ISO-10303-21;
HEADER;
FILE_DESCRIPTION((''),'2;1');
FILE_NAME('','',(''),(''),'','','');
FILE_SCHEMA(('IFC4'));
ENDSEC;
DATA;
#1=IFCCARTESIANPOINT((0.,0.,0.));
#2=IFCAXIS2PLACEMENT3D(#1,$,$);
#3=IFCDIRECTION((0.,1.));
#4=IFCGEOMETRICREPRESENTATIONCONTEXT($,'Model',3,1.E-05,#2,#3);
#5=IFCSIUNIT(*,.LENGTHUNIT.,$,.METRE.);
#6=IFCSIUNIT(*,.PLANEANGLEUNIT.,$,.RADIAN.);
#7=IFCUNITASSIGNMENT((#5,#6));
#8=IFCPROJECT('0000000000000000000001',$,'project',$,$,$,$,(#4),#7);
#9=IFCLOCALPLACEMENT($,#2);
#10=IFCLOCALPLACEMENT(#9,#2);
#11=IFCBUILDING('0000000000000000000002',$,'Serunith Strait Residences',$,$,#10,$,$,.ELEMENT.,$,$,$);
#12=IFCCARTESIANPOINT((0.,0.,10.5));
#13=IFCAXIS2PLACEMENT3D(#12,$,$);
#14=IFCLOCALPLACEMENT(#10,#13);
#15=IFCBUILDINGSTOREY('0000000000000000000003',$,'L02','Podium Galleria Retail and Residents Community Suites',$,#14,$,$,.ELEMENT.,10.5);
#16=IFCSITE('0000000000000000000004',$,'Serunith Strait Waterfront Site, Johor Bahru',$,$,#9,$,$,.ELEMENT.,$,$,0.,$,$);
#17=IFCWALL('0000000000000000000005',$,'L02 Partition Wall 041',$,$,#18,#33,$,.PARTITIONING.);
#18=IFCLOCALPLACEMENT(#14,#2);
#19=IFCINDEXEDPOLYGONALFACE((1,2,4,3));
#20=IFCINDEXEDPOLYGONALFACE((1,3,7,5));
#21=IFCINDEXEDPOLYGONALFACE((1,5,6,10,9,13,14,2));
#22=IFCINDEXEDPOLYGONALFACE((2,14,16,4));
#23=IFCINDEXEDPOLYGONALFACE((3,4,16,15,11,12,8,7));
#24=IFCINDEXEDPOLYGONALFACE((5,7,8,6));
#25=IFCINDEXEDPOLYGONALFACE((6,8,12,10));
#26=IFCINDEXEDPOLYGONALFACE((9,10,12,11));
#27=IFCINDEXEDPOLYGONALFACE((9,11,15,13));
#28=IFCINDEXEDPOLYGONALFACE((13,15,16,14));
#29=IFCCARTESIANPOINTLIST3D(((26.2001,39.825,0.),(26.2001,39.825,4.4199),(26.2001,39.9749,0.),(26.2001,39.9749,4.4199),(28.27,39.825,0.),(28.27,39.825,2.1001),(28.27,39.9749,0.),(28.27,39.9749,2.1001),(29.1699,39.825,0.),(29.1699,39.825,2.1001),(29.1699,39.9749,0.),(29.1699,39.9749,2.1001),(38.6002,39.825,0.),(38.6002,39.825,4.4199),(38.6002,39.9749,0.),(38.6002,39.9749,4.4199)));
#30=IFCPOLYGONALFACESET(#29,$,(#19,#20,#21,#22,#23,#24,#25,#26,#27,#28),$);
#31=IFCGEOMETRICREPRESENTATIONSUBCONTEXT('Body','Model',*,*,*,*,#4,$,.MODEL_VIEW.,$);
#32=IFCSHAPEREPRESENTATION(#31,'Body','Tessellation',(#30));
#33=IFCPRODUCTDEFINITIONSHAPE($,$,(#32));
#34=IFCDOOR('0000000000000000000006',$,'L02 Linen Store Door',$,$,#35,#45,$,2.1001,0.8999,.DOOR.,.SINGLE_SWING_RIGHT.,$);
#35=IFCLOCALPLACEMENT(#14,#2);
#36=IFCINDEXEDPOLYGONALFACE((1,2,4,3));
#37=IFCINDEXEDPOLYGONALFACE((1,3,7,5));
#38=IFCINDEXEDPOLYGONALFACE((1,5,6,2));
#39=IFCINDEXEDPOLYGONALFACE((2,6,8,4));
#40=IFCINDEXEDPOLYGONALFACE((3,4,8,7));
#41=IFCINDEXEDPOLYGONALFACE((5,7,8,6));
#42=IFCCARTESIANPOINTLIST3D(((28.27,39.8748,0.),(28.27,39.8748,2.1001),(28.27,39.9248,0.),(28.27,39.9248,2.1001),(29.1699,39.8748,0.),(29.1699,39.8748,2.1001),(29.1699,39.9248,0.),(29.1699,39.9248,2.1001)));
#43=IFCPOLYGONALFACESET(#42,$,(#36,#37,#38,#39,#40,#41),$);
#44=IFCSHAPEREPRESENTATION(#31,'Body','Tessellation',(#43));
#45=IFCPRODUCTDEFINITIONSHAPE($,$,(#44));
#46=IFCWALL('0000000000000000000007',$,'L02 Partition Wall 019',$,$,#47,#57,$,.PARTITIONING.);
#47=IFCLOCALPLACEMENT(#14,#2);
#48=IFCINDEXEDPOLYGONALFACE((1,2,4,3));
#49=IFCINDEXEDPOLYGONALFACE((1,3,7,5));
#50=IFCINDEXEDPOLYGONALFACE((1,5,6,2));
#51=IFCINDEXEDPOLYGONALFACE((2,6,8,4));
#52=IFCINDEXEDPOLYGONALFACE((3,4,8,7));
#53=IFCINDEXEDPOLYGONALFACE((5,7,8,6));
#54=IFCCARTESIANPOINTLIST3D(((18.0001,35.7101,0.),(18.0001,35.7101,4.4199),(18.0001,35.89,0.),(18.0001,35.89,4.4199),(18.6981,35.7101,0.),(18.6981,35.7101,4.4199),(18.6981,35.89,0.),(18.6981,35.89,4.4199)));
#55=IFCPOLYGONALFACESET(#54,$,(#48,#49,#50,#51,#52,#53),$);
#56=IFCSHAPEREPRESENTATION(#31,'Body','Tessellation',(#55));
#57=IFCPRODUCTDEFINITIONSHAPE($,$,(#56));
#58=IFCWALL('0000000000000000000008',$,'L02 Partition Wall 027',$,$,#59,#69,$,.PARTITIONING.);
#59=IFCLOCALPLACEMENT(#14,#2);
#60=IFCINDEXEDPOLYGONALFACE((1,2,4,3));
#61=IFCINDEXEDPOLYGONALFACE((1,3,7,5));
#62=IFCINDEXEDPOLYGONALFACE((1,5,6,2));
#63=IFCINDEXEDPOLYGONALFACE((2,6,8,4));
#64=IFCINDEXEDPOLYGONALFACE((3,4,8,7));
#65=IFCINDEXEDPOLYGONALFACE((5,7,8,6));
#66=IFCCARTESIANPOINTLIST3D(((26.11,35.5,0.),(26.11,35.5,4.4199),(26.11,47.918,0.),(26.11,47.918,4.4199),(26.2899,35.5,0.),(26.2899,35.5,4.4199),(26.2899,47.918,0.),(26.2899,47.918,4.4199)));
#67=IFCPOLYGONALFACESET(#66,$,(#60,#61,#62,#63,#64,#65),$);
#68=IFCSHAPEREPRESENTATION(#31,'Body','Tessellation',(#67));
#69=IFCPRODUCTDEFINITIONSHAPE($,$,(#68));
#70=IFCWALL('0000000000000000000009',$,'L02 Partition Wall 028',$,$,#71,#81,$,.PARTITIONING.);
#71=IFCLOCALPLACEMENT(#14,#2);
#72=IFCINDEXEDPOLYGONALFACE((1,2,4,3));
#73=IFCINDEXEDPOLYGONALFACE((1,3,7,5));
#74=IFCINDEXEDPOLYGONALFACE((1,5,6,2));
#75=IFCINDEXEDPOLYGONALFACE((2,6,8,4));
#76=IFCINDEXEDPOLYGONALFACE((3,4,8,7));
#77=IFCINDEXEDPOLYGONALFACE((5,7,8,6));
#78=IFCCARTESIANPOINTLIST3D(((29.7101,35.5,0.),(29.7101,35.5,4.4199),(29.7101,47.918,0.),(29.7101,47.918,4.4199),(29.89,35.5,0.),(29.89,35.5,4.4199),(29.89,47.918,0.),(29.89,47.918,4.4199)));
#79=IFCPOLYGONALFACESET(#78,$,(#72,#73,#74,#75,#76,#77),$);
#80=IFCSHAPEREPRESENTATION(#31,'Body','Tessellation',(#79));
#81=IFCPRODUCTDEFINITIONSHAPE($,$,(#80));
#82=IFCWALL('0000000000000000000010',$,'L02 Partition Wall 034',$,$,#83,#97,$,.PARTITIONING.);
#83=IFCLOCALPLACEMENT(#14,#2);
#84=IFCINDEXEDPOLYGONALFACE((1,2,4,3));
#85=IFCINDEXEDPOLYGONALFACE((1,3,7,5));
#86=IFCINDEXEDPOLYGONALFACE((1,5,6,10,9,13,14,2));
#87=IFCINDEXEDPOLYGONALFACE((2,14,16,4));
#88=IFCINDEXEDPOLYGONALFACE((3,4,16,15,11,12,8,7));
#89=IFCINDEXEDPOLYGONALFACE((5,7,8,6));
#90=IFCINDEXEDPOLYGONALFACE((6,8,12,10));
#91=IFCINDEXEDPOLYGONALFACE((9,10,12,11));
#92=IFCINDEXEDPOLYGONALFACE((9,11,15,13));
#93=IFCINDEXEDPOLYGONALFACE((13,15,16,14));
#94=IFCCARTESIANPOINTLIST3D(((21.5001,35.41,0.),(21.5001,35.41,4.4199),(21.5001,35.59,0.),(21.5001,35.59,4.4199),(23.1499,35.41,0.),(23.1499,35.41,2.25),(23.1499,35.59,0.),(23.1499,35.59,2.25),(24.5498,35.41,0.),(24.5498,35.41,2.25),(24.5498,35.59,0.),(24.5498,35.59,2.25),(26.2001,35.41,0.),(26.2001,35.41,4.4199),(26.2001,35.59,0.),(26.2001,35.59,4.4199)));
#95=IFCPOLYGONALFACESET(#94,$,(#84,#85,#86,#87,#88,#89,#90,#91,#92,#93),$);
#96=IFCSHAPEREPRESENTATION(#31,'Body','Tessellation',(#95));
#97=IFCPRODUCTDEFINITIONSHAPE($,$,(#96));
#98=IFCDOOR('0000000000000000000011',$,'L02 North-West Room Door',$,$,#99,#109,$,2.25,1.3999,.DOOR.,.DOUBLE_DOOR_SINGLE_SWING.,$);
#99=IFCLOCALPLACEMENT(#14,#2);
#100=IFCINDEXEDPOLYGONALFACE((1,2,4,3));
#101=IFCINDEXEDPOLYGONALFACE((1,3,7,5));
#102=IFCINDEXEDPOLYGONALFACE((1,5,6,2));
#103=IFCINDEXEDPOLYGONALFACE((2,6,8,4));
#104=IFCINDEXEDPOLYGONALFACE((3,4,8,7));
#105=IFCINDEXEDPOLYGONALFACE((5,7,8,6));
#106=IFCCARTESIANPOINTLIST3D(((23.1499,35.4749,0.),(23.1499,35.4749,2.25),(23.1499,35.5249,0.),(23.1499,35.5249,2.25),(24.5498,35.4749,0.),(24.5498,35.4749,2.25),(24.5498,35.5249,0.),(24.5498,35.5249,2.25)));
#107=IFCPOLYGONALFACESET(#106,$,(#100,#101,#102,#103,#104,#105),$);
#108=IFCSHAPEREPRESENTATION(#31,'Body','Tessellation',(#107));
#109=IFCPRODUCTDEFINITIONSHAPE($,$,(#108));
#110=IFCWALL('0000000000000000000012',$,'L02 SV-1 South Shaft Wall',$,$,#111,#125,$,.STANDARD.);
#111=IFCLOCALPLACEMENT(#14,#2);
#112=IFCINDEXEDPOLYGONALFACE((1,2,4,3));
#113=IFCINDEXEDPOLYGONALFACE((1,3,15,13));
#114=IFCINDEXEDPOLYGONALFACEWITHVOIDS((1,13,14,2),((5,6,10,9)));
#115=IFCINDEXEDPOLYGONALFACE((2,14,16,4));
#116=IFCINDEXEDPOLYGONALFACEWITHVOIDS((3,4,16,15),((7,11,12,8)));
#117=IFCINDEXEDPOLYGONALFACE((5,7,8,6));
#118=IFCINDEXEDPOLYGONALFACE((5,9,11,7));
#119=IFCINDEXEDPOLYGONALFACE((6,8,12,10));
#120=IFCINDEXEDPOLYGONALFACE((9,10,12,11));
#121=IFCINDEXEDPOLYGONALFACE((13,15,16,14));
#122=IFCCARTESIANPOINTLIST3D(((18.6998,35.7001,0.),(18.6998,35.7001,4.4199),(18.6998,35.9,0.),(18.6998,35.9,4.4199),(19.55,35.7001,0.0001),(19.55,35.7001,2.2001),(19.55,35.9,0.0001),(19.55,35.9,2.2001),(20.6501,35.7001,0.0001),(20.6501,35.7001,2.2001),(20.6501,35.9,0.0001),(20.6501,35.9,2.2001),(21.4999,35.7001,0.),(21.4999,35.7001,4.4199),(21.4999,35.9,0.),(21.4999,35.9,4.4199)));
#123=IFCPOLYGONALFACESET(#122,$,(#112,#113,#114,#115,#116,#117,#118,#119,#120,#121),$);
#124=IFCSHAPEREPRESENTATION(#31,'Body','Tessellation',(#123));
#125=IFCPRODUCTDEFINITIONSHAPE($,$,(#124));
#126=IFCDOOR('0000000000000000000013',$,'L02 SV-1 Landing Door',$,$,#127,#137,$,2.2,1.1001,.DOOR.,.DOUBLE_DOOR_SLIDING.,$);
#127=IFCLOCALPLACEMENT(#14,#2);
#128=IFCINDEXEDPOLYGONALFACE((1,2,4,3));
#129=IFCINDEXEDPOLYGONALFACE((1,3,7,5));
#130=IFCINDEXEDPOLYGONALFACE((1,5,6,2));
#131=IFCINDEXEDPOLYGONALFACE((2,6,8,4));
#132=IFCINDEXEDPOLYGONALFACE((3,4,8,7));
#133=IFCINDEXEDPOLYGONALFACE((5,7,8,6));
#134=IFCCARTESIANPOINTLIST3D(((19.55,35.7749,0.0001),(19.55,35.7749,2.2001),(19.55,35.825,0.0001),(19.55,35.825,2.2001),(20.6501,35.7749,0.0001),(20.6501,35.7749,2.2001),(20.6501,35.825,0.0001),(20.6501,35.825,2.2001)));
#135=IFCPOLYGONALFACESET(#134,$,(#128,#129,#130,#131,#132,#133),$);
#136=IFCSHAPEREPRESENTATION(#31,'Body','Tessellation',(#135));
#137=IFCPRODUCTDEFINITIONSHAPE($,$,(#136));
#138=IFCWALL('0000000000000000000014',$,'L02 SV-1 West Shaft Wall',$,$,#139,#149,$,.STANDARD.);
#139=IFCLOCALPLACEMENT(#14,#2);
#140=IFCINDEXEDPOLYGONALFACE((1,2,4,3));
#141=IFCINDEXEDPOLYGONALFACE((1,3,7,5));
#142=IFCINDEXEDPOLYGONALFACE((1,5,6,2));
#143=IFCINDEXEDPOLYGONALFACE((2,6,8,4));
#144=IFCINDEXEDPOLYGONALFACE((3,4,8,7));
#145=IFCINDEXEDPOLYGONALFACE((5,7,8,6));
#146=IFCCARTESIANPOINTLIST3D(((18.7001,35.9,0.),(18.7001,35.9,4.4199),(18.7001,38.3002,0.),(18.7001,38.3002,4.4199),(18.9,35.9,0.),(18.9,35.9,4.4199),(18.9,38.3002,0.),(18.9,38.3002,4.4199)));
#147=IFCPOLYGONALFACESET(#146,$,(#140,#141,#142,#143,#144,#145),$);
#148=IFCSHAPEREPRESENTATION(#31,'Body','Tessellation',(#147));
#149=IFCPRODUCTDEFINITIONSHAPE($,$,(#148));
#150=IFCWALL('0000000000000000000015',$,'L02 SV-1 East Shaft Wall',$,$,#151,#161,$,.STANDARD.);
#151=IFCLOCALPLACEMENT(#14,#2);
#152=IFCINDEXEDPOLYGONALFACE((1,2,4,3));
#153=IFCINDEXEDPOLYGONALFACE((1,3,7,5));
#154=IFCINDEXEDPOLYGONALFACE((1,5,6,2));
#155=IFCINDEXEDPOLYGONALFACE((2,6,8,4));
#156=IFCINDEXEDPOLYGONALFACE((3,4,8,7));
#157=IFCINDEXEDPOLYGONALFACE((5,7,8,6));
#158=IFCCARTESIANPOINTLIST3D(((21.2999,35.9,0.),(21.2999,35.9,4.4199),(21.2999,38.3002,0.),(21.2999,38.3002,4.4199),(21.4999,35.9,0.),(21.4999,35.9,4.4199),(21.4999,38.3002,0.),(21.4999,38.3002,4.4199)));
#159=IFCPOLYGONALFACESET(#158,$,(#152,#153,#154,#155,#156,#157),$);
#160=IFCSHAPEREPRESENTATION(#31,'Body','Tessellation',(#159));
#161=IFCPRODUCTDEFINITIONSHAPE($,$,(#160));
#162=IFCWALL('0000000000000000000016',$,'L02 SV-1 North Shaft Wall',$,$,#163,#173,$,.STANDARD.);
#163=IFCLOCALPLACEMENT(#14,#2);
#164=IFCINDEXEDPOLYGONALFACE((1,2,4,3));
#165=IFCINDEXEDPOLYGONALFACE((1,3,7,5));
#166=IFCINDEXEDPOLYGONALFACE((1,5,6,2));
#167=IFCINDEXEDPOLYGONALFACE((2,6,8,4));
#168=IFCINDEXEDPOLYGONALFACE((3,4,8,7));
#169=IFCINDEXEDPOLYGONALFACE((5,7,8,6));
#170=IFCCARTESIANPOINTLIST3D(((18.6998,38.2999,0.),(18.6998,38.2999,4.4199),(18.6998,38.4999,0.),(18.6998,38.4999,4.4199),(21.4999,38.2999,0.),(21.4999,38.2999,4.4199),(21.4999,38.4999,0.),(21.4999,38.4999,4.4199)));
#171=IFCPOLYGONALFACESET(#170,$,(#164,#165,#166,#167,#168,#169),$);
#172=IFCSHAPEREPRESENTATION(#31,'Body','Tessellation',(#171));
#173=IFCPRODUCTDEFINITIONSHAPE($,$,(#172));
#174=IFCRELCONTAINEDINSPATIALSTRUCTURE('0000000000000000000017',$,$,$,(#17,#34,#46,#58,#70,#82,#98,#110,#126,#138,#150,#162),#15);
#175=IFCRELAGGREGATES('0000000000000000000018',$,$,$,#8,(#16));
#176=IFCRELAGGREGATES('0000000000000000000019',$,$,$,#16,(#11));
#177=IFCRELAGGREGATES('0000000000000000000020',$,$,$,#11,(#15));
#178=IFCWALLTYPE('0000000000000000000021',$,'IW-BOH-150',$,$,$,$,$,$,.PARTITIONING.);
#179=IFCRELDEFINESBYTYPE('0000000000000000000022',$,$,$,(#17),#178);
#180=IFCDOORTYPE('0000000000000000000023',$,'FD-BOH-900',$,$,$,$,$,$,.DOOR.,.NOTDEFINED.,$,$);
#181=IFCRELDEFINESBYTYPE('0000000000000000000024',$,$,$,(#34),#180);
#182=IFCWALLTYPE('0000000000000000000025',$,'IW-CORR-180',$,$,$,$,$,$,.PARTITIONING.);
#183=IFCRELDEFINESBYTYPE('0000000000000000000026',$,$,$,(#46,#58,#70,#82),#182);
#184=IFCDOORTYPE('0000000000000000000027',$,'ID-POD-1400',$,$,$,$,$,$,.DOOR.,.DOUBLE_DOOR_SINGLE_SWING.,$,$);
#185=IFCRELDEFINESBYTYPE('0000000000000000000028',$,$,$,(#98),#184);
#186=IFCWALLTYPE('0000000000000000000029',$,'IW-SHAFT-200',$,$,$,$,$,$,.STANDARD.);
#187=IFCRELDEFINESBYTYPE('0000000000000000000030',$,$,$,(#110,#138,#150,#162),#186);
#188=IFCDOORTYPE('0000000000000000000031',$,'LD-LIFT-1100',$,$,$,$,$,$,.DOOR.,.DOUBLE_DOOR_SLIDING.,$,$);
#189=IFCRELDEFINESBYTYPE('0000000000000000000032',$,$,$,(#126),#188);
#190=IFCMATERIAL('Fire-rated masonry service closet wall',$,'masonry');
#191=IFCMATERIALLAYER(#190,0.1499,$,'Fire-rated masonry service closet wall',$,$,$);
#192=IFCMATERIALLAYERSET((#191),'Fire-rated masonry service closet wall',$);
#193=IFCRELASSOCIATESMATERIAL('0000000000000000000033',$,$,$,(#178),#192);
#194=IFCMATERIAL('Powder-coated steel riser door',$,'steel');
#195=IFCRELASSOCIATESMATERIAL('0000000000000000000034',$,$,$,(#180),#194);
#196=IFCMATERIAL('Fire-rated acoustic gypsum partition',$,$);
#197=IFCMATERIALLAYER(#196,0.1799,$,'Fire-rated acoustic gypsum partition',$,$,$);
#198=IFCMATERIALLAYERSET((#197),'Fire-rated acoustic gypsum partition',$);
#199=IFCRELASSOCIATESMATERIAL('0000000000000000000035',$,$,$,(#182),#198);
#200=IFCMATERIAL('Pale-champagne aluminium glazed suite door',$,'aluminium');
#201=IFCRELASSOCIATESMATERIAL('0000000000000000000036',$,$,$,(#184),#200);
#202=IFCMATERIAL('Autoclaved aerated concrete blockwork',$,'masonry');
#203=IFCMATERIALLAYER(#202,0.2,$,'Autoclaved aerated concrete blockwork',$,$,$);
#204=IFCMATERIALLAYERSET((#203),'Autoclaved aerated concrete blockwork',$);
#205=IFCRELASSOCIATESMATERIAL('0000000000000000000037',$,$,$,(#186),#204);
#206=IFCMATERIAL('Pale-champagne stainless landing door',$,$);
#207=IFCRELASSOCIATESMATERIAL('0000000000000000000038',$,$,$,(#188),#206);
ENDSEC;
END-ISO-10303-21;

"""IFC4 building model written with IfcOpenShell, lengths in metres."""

from ifc_helpers import new_model, si_unit, direction, frame, frame_2d, origin, place, context, subcontext, project, spatial, rectangle, extrude, source, transform, mapped, material, layer, layer_set, type_object, element, fill, save


model = new_model("IFC4")

# Units and contexts
model_context = context("Model", 3, precision=1e-05, world=origin(), true_north=direction((0.0, 1.0)))
body_context = subcontext(model_context, "Body", "Model", "MODEL_VIEW")
ifc_project = project(units=[si_unit("LENGTHUNIT", "METRE"), si_unit("PLANEANGLEUNIT", "RADIAN")], contexts=[model_context])

# Site, building, storey
site_placement = place(None, origin())
site = spatial("IfcSite", under=ifc_project, at=site_placement, Name="Serunith Strait Waterfront Site, Johor Bahru", CompositionType="ELEMENT", RefElevation=0.0)
building_placement = place(site_placement, origin())
building = spatial("IfcBuilding", under=site, at=building_placement, Name="Serunith Strait Residences", CompositionType="ELEMENT")
storey_placement = place(building_placement, frame((0.0, 0.0, 10.5)))
storey = spatial("IfcBuildingStorey", under=building, at=storey_placement, Name="L02", Description="Podium Galleria Retail and Residents Community Suites", CompositionType="ELEMENT", Elevation=10.5)

# Wall, opening, door
ifc_material_1 = material(Name="Fire-rated masonry service closet wall", Category="masonry")
ifc_layer_1 = layer(ifc_material_1, 0.1499, Name="Fire-rated masonry service closet wall")
ifc_layer_set_1 = layer_set([ifc_layer_1], Name="Fire-rated masonry service closet wall")
wall_type_1 = type_object("IfcWallType", Name="IW-BOH-150", PredefinedType="PARTITIONING", material=ifc_layer_set_1)
wall_1_placement = place(storey_placement, frame((26.2, 39.8999, 0.0), z_axis=(0.0, 0.0, 1.0), x_axis=(1.0, 0.0, 0.0)))
wall_1 = element("IfcWall", 1, at=wall_1_placement, inside=storey, type_object=wall_type_1, Name="L02 Partition Wall 041", PredefinedType="PARTITIONING", context=body_context, shape_type="SweptSolid", body=[
    extrude(rectangle(XDim=12.4001, YDim=0.1499, at=frame_2d((6.2002, 0.0))), origin(), (0.0, 0.0, 1.0), 4.4199),
])
opening_1_placement = place(wall_1_placement, frame((2.0701, 0.0, 0.0)))
opening_1 = element("IfcOpeningElement", 2, at=opening_1_placement, cuts=wall_1, PredefinedType="OPENING", context=body_context, shape_type="SweptSolid", body=[
    extrude(rectangle(XDim=0.8999, YDim=2.1001, at=frame_2d((0.45, 1.05))), frame((0.0, 0.085, 0.0), z_axis=(0.0, -1.0, 0.0), x_axis=(1.0, 0.0, 0.0)), (0.0, 0.0, 1.0), 0.1699),
])
ifc_material_2 = material(Name="Powder-coated steel riser door", Category="steel")
door_type_1 = type_object("IfcDoorType", Name="FD-BOH-900", OperationType="NOTDEFINED", PredefinedType="DOOR", material=ifc_material_2)
shared_shape_1 = source(origin(), body_context, "Body", "SweptSolid", [
    extrude(rectangle(XDim=0.8999, YDim=2.1001, at=frame_2d((0.45, 1.05))), frame((0.0, 0.0249, 0.0), z_axis=(0.0, -1.0, 0.0), x_axis=(1.0, 0.0, 0.0)), (0.0, 0.0, 1.0), 0.05),
])
door_1_placement = place(opening_1_placement, origin())
door_1 = element("IfcDoor", 3, at=door_1_placement, inside=storey, type_object=door_type_1, Name="L02 Linen Store Door", OperationType="SINGLE_SWING_RIGHT", OverallHeight=2.1001, OverallWidth=0.8999, PredefinedType="DOOR", context=body_context, shape_type="MappedRepresentation", body=[
    mapped(shared_shape_1, transform((0.0, 0.0, 0.0), scale=1.0)),
])
fill(opening_1, door_1)

# Walls
ifc_material_3 = material(Name="Fire-rated acoustic gypsum partition")
ifc_layer_2 = layer(ifc_material_3, 0.1799, Name="Fire-rated acoustic gypsum partition")
ifc_layer_set_2 = layer_set([ifc_layer_2], Name="Fire-rated acoustic gypsum partition")
wall_type_2 = type_object("IfcWallType", Name="IW-CORR-180", PredefinedType="PARTITIONING", material=ifc_layer_set_2)
wall_2_placement = place(storey_placement, frame((18.0, 35.8, 0.0), z_axis=(0.0, 0.0, 1.0), x_axis=(1.0, 0.0, 0.0)))
element("IfcWall", 4, at=wall_2_placement, inside=storey, type_object=wall_type_2, Name="L02 Partition Wall 019", PredefinedType="PARTITIONING", context=body_context, shape_type="SweptSolid", body=[
    extrude(rectangle(XDim=0.698, YDim=0.1799, at=frame_2d((0.3491, 0.0))), origin(), (0.0, 0.0, 1.0), 4.4199),
])
for number, where, z_axis, x_axis, name in (
    (5, (26.2, 35.5, 0.0), (0.0, 0.0, 1.0), (0.0, 1.0, 0.0), "L02 Partition Wall 027"),
    (6, (29.8, 35.5, 0.0), (0.0, 0.0, 1.0), (0.0, 1.0, 0.0), "L02 Partition Wall 028"),
):
    element("IfcWall", number, at=place(storey_placement, frame(where, z_axis=z_axis, x_axis=x_axis)), inside=storey, type_object=wall_type_2, Name=name, PredefinedType="PARTITIONING", context=body_context, shape_type="SweptSolid", body=[
        extrude(rectangle(XDim=12.418, YDim=0.1799, at=frame_2d((6.209, 0.0))), origin(), (0.0, 0.0, 1.0), 4.4199),
    ])

# Walls, openings, doors
wall_3_placement = place(storey_placement, frame((21.5, 35.5, 0.0), z_axis=(0.0, 0.0, 1.0), x_axis=(1.0, 0.0, 0.0)))
wall_3 = element("IfcWall", 7, at=wall_3_placement, inside=storey, type_object=wall_type_2, Name="L02 Partition Wall 034", PredefinedType="PARTITIONING", context=body_context, shape_type="SweptSolid", body=[
    extrude(rectangle(XDim=4.7, YDim=0.1799, at=frame_2d((2.3501, 0.0))), origin(), (0.0, 0.0, 1.0), 4.4199),
])
opening_2_placement = place(wall_3_placement, frame((1.6499, 0.0, 0.0)))
opening_2 = element("IfcOpeningElement", 8, at=opening_2_placement, cuts=wall_3, PredefinedType="OPENING", context=body_context, shape_type="SweptSolid", body=[
    extrude(rectangle(XDim=1.3999, YDim=2.25, at=frame_2d((0.7, 1.125))), frame((0.0, 0.1001, 0.0), z_axis=(0.0, -1.0, 0.0), x_axis=(1.0, 0.0, 0.0)), (0.0, 0.0, 1.0), 0.2),
])
ifc_material_4 = material(Name="Pale-champagne aluminium glazed suite door", Category="aluminium")
door_type_2 = type_object("IfcDoorType", Name="ID-POD-1400", OperationType="DOUBLE_DOOR_SINGLE_SWING", PredefinedType="DOOR", material=ifc_material_4)
shared_shape_2 = source(origin(), body_context, "Body", "SweptSolid", [
    extrude(rectangle(XDim=1.3999, YDim=2.25, at=frame_2d((0.7, 1.125))), frame((0.0, 0.0249, 0.0), z_axis=(0.0, -1.0, 0.0), x_axis=(1.0, 0.0, 0.0)), (0.0, 0.0, 1.0), 0.05),
])
door_2_placement = place(opening_2_placement, origin())
door_2 = element("IfcDoor", 9, at=door_2_placement, inside=storey, type_object=door_type_2, Name="L02 North-West Room Door", OperationType="DOUBLE_DOOR_SINGLE_SWING", OverallHeight=2.25, OverallWidth=1.3999, PredefinedType="DOOR", context=body_context, shape_type="MappedRepresentation", body=[
    mapped(shared_shape_2, transform((0.0, 0.0, 0.0), scale=1.0)),
])
fill(opening_2, door_2)
ifc_material_5 = material(Name="Autoclaved aerated concrete blockwork", Category="masonry")
ifc_layer_3 = layer(ifc_material_5, 0.2, Name="Autoclaved aerated concrete blockwork")
ifc_layer_set_3 = layer_set([ifc_layer_3], Name="Autoclaved aerated concrete blockwork")
wall_type_3 = type_object("IfcWallType", Name="IW-SHAFT-200", PredefinedType="STANDARD", material=ifc_layer_set_3)
wall_4_placement = place(storey_placement, frame((18.7, 35.8, 0.0), z_axis=(0.0, 0.0, 1.0), x_axis=(1.0, 0.0, 0.0)))
wall_4 = element("IfcWall", 10, at=wall_4_placement, inside=storey, type_object=wall_type_3, Name="L02 SV-1 South Shaft Wall", PredefinedType="STANDARD", context=body_context, shape_type="SweptSolid", body=[
    extrude(rectangle(XDim=2.8, YDim=0.2, at=frame_2d((1.3999, 0.0))), origin(), (0.0, 0.0, 1.0), 4.4199),
])
opening_3_placement = place(wall_4_placement, frame((0.8501, 0.0, 0.0)))
opening_3 = element("IfcOpeningElement", 11, at=opening_3_placement, cuts=wall_4, PredefinedType="OPENING", context=body_context, shape_type="SweptSolid", body=[
    extrude(rectangle(XDim=1.1001, YDim=2.2, at=frame_2d((0.55, 1.1001))), frame((0.0, 0.1099, 0.0), z_axis=(0.0, -1.0, 0.0), x_axis=(1.0, 0.0, 0.0)), (0.0, 0.0, 1.0), 0.22),
])
ifc_material_6 = material(Name="Pale-champagne stainless landing door")
door_type_3 = type_object("IfcDoorType", Name="LD-LIFT-1100", OperationType="DOUBLE_DOOR_SLIDING", PredefinedType="DOOR", material=ifc_material_6)
shared_shape_3 = source(origin(), body_context, "Body", "SweptSolid", [
    extrude(rectangle(XDim=1.1001, YDim=2.2, at=frame_2d((0.55, 1.1001))), frame((0.0, 0.0249, 0.0), z_axis=(0.0, -1.0, 0.0), x_axis=(1.0, 0.0, 0.0)), (0.0, 0.0, 1.0), 0.05),
])
door_3_placement = place(opening_3_placement, origin())
door_3 = element("IfcDoor", 12, at=door_3_placement, inside=storey, type_object=door_type_3, Name="L02 SV-1 Landing Door", OperationType="DOUBLE_DOOR_SLIDING", OverallHeight=2.2, OverallWidth=1.1001, PredefinedType="DOOR", context=body_context, shape_type="MappedRepresentation", body=[
    mapped(shared_shape_3, transform((0.0, 0.0, 0.0), scale=1.0)),
])
fill(opening_3, door_3)

# Walls
for number, where, z_axis, x_axis, name in (
    (13, (18.8, 35.8999, 0.0), (0.0, 0.0, 1.0), (0.0, 1.0, 0.0), "L02 SV-1 West Shaft Wall"),
    (14, (21.3999, 35.8999, 0.0), (0.0, 0.0, 1.0), (0.0, 1.0, 0.0), "L02 SV-1 East Shaft Wall"),
):
    element("IfcWall", number, at=place(storey_placement, frame(where, z_axis=z_axis, x_axis=x_axis)), inside=storey, type_object=wall_type_3, Name=name, PredefinedType="STANDARD", context=body_context, shape_type="SweptSolid", body=[
        extrude(rectangle(XDim=2.4001, YDim=0.2, at=frame_2d((1.2002, 0.0))), origin(), (0.0, 0.0, 1.0), 4.4199),
    ])
wall_5_placement = place(storey_placement, frame((18.7, 38.3999, 0.0), z_axis=(0.0, 0.0, 1.0), x_axis=(1.0, 0.0, 0.0)))
element("IfcWall", 15, at=wall_5_placement, inside=storey, type_object=wall_type_3, Name="L02 SV-1 North Shaft Wall", PredefinedType="STANDARD", context=body_context, shape_type="SweptSolid", body=[
    extrude(rectangle(XDim=2.8, YDim=0.2, at=frame_2d((1.3999, 0.0))), origin(), (0.0, 0.0, 1.0), 4.4199),
])

save(model, "model.ifc")
